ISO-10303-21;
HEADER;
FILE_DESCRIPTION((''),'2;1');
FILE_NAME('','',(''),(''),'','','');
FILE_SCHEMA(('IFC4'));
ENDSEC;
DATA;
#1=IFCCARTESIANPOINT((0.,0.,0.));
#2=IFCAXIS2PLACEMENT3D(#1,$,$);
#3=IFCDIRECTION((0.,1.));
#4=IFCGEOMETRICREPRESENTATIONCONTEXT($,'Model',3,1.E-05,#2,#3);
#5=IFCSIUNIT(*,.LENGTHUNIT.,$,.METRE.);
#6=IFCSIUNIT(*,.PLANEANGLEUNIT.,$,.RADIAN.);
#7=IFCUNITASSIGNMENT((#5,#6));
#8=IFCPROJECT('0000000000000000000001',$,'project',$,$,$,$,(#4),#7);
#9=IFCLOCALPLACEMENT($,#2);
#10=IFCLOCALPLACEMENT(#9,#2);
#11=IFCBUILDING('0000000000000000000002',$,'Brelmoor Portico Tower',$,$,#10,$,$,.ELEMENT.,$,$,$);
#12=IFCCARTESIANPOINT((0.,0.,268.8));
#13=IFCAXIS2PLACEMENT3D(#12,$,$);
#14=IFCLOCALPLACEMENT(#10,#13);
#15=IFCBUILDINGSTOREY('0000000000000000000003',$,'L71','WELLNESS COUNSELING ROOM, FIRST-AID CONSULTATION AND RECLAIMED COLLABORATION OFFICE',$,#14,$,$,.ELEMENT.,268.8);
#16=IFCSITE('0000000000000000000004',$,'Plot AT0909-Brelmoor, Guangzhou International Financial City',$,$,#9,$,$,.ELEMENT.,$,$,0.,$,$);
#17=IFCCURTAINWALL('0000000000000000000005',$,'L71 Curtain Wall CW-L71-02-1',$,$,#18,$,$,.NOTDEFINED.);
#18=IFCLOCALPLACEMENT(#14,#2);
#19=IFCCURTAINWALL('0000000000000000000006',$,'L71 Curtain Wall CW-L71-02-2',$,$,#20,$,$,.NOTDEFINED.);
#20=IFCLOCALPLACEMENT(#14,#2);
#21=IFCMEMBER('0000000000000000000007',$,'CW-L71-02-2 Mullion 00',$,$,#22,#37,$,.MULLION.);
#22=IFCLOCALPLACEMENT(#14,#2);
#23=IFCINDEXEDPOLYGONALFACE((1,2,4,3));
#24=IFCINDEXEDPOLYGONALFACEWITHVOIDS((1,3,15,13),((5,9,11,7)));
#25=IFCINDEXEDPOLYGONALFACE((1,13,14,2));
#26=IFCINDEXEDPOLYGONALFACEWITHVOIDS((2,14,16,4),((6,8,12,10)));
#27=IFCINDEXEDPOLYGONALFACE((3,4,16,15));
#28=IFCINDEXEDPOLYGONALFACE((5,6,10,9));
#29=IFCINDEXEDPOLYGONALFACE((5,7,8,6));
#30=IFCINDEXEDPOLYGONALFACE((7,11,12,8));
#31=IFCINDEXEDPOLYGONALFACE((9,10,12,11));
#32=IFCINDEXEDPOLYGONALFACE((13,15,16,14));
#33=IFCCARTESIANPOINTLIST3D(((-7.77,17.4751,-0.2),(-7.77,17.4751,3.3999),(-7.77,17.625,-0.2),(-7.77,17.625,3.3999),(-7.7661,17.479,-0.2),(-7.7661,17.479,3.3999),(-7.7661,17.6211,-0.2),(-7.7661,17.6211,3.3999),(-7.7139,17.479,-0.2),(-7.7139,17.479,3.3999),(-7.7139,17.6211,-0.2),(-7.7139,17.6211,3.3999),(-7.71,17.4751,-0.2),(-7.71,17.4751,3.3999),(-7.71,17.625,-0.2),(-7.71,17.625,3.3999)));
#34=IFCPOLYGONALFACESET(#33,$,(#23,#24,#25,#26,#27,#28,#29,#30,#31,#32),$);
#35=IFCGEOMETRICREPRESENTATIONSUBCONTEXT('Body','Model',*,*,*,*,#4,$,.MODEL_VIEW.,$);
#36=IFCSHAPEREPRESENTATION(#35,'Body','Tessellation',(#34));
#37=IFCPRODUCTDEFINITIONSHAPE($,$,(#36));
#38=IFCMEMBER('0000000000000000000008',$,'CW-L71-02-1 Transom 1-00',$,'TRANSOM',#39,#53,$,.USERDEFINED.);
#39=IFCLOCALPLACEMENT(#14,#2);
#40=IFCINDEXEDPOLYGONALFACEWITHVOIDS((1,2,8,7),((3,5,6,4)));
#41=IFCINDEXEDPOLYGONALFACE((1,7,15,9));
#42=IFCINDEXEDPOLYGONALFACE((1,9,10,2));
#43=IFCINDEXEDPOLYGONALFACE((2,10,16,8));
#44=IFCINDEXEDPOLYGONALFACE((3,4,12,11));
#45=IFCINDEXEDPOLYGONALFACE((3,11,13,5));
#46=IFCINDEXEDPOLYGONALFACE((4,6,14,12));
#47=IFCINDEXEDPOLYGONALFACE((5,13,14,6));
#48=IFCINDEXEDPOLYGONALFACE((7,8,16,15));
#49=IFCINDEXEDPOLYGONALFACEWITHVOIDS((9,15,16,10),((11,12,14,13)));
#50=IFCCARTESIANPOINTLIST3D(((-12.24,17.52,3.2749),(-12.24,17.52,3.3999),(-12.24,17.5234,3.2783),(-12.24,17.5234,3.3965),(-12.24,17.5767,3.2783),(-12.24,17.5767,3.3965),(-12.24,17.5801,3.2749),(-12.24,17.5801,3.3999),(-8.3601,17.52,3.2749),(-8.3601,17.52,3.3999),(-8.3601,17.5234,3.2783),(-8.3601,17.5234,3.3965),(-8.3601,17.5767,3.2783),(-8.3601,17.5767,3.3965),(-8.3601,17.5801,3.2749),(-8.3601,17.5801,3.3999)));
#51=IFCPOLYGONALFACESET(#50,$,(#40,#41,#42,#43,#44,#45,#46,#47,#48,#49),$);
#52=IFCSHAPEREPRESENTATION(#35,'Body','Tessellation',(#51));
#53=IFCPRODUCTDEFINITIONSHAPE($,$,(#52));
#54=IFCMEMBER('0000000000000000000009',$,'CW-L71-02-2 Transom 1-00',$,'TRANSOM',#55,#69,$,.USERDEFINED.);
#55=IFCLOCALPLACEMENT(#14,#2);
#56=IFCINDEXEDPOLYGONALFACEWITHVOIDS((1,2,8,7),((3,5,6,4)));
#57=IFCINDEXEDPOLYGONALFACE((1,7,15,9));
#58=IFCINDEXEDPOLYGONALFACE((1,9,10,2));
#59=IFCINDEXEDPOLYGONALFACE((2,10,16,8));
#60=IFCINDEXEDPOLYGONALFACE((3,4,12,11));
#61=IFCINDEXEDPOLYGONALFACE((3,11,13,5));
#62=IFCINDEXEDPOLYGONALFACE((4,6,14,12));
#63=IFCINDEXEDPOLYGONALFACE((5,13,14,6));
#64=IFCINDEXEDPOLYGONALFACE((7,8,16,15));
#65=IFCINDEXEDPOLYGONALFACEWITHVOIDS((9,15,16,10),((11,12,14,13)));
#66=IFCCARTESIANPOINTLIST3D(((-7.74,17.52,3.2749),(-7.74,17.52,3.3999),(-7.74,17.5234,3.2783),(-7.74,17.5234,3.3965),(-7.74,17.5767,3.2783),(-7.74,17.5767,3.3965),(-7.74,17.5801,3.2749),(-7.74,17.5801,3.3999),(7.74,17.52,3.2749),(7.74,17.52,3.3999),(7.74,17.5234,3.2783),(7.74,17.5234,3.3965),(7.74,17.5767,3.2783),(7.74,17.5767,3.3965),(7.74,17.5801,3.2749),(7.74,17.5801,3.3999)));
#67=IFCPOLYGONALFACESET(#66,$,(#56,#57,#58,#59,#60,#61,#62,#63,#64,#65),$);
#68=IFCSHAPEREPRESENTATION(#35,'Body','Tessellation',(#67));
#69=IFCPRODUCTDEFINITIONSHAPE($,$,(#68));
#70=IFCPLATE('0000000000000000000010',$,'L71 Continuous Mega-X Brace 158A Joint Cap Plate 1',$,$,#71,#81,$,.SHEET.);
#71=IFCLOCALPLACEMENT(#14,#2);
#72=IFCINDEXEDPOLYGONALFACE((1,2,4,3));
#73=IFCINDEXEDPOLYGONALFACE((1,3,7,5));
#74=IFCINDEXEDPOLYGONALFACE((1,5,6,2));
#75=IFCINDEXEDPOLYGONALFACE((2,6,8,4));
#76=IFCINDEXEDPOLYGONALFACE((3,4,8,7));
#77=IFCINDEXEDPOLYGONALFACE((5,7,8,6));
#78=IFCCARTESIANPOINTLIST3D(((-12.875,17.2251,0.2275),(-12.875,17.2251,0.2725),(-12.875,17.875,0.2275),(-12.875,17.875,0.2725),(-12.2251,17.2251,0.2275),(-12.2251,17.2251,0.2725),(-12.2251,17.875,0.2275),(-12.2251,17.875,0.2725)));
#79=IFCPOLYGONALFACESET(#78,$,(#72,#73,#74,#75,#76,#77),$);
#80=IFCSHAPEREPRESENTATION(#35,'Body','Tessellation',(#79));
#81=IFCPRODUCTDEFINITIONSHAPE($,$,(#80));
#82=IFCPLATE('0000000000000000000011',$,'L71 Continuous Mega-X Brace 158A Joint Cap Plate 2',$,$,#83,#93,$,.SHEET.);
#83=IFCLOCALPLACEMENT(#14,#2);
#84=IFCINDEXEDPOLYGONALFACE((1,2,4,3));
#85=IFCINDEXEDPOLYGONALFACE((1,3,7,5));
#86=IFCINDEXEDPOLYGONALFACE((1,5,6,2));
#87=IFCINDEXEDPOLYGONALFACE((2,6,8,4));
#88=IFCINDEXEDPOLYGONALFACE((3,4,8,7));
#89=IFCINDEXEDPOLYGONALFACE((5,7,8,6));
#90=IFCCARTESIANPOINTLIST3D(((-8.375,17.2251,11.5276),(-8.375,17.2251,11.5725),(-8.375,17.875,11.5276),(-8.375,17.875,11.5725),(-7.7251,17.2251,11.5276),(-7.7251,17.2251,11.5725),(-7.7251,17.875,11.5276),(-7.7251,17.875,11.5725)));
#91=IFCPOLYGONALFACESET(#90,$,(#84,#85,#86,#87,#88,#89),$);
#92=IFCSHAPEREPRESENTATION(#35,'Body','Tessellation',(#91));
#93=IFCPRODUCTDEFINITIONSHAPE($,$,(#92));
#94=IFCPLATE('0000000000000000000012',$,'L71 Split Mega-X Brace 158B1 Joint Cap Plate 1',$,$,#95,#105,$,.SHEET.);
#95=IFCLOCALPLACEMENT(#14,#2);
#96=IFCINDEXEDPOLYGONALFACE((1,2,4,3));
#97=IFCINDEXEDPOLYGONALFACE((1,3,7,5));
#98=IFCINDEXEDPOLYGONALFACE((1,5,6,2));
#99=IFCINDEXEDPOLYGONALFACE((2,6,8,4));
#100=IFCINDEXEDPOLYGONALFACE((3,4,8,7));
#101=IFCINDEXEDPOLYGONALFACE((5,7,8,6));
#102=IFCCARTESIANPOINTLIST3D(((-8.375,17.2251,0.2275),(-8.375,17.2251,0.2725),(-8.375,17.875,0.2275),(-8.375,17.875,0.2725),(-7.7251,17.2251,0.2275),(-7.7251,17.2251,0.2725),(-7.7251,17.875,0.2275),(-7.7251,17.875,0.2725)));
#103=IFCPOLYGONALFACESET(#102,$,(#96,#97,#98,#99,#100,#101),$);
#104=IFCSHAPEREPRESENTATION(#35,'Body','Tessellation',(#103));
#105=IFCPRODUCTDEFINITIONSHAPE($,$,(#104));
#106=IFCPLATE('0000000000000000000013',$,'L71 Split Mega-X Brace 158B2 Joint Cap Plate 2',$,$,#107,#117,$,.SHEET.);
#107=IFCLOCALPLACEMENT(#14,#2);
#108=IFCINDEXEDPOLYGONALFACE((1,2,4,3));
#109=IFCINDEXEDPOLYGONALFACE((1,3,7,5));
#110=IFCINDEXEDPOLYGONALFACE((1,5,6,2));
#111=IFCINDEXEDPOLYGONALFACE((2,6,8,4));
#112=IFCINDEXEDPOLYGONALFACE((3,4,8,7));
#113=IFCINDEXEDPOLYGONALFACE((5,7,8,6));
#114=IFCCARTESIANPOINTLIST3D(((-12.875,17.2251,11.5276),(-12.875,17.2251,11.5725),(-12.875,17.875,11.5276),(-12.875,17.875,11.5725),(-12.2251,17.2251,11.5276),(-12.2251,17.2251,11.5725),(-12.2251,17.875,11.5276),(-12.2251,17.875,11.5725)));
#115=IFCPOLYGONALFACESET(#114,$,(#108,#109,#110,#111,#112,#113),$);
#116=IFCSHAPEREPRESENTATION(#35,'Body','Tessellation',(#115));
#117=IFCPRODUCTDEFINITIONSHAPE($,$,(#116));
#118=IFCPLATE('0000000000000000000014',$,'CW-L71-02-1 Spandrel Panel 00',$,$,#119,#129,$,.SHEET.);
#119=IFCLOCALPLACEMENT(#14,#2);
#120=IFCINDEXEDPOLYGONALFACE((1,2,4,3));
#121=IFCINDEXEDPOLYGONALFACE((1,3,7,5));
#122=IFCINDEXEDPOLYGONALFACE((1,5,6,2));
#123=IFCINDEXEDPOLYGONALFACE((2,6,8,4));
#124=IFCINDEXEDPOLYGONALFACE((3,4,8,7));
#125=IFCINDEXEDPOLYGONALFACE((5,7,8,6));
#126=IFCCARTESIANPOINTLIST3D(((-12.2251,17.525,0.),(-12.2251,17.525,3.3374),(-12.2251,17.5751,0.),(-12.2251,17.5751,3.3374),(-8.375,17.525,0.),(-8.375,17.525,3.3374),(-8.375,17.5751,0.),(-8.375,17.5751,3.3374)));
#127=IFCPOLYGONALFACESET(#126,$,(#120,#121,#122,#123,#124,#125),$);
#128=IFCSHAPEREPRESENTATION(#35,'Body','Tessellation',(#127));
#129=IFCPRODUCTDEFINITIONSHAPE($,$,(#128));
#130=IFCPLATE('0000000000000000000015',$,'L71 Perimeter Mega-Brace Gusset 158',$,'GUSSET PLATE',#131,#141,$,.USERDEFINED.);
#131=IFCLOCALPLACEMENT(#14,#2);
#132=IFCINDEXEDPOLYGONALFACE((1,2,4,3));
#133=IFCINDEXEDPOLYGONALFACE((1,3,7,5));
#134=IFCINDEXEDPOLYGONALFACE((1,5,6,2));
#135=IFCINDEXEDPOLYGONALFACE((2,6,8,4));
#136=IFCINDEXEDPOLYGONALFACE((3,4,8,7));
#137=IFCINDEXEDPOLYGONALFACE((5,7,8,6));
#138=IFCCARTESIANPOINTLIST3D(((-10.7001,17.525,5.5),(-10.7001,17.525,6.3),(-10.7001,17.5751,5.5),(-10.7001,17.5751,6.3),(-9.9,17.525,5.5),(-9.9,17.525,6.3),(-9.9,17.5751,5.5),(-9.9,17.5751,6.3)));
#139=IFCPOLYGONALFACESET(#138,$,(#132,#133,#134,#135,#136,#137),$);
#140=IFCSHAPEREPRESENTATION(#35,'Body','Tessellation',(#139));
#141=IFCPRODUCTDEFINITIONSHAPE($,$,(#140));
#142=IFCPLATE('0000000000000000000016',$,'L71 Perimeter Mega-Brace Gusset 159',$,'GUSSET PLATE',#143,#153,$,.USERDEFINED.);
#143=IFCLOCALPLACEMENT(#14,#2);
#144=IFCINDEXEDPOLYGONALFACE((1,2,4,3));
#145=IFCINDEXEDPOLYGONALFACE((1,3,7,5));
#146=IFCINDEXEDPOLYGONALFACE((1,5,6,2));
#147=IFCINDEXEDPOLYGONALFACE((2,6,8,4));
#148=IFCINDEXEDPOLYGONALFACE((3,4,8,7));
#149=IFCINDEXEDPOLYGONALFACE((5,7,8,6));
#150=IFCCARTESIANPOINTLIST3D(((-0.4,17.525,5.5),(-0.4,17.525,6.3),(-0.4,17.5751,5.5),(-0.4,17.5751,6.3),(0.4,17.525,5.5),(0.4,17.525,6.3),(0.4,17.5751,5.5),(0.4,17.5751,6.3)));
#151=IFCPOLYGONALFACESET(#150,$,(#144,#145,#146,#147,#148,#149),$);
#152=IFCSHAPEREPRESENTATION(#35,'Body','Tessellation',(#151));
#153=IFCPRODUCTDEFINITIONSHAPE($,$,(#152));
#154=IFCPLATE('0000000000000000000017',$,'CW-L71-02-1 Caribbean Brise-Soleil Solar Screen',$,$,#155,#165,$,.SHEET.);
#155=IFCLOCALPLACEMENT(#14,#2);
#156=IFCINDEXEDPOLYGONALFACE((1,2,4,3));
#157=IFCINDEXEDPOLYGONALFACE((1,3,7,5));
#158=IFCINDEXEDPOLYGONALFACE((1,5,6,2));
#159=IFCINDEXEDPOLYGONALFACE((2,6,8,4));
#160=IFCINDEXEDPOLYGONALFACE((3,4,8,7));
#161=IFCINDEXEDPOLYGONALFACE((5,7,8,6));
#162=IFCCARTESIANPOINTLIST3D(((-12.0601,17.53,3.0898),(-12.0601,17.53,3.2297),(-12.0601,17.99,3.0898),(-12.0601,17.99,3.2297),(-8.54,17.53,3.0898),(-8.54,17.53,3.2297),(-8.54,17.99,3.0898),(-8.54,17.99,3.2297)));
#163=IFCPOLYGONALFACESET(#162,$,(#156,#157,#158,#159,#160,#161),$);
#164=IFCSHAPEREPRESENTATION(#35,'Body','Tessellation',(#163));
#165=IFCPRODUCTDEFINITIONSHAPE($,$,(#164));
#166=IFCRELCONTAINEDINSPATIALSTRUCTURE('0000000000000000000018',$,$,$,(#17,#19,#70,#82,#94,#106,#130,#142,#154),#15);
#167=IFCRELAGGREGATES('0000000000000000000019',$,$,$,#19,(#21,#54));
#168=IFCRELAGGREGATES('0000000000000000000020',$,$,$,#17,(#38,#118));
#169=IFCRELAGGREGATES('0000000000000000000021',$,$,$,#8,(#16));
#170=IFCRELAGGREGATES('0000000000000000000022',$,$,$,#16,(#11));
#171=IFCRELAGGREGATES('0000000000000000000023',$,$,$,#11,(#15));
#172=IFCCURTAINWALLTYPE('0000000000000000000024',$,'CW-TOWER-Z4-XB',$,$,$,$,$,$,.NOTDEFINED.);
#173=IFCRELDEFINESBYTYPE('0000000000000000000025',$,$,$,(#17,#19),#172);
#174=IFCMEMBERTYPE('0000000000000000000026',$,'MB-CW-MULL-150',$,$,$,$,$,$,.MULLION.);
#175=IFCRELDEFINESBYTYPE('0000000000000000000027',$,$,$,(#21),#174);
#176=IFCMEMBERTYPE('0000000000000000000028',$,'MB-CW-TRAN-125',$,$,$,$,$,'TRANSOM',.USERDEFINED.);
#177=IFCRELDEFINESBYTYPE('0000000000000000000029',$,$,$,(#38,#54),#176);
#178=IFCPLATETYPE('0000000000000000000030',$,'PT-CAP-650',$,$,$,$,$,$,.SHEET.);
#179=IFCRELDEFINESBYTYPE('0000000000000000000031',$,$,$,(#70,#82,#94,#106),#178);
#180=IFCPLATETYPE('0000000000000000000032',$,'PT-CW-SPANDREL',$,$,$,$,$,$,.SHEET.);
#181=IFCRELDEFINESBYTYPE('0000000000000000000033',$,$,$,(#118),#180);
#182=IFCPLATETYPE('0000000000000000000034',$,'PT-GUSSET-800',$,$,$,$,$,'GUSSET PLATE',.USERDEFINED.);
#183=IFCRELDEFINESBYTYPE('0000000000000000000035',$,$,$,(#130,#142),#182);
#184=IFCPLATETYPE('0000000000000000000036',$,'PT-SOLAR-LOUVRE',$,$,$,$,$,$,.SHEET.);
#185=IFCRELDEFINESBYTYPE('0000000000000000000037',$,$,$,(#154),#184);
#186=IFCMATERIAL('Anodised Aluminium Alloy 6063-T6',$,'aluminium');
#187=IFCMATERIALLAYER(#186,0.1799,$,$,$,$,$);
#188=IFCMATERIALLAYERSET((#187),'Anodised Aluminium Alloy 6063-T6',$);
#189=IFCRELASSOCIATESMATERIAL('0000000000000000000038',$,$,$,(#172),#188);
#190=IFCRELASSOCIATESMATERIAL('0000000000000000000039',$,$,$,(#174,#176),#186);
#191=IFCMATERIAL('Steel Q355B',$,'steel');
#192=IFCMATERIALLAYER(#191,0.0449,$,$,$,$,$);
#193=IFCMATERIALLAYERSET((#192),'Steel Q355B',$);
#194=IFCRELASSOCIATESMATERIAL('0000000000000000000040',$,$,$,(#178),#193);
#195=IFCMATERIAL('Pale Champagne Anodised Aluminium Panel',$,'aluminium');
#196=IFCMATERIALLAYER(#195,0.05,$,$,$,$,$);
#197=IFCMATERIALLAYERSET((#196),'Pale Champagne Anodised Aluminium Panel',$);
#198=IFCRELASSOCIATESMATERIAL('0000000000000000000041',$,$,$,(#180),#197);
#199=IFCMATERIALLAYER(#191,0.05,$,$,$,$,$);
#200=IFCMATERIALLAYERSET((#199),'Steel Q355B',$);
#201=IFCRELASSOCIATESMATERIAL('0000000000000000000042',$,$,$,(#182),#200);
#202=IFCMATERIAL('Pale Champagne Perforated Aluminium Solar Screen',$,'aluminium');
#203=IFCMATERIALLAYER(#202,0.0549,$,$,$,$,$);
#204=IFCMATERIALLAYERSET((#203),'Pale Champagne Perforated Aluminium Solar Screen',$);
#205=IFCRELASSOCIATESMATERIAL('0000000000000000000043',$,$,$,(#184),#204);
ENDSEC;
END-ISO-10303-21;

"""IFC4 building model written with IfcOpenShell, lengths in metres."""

from ifc_helpers import new_model, si_unit, direction, frame, origin, origin_2d, place, context, subcontext, project, spatial, rectangle, hollow_rectangle, extrude, material, layer, layer_set, material_profile, profile_set, type_object, element, aggregate, save


model = new_model("IFC4")

# Units and contexts
model_context = context("Model", 3, precision=1e-05, world=origin(), true_north=direction((0.0, 1.0)))
body_context = subcontext(model_context, "Body", "Model", "MODEL_VIEW")
ifc_project = project(units=[si_unit("LENGTHUNIT", "METRE"), si_unit("PLANEANGLEUNIT", "RADIAN")], contexts=[model_context])

# Site, building, storey
site_placement = place(None, origin())
site = spatial("IfcSite", under=ifc_project, at=site_placement, Name="Plot AT0909-Brelmoor, Guangzhou International Financial City", CompositionType="ELEMENT", RefElevation=0.0)
building_placement = place(site_placement, origin())
building = spatial("IfcBuilding", under=site, at=building_placement, Name="Brelmoor Portico Tower", CompositionType="ELEMENT")
storey_placement = place(building_placement, frame((0.0, 0.0, 268.8)))
storey = spatial("IfcBuildingStorey", under=building, at=storey_placement, Name="L71", Description="WELLNESS COUNSELING ROOM, FIRST-AID CONSULTATION AND RECLAIMED COLLABORATION OFFICE", CompositionType="ELEMENT", Elevation=268.8)

# Shared definitions
ifc_material_1 = material(Name="Steel Q355B", Category="steel")

# Curtain wall
ifc_material_2 = material(Name="Anodised Aluminium Alloy 6063-T6", Category="aluminium")
ifc_layer_1 = layer(ifc_material_2, 0.1799)
ifc_layer_set_1 = layer_set([ifc_layer_1], Name="Anodised Aluminium Alloy 6063-T6")
curtain_wall_type = type_object("IfcCurtainWallType", Name="CW-TOWER-Z4-XB", PredefinedType="NOTDEFINED", material=ifc_layer_set_1)
curtain_wall_1_placement = place(storey_placement, origin())
curtain_wall_1 = element("IfcCurtainWall", 1, at=curtain_wall_1_placement, inside=storey, type_object=curtain_wall_type, Name="L71 Curtain Wall CW-L71-02-1", PredefinedType="NOTDEFINED")
ifc_material_profile_1 = material_profile(ifc_material_2, hollow_rectangle(XDim=0.0601, YDim=0.1499, WallThickness=0.0039, at=origin_2d()), Name="ALU MULLION 60x150")
ifc_profile_set_1 = profile_set([ifc_material_profile_1], Name="Anodised Aluminium Alloy 6063-T6")
member_type_1 = type_object("IfcMemberType", Name="MB-CW-MULL-150", PredefinedType="MULLION", material=ifc_profile_set_1)

# Curtain wall, member
curtain_wall_2_placement = place(storey_placement, origin())
curtain_wall_2 = element("IfcCurtainWall", 2, at=curtain_wall_2_placement, inside=storey, type_object=curtain_wall_type, Name="L71 Curtain Wall CW-L71-02-2", PredefinedType="NOTDEFINED")
member_1_placement = place(storey_placement, frame((-7.74, 17.55, -0.2), z_axis=(0.0, 0.0, 1.0), x_axis=(1.0, 0.0, 0.0)))
member_1 = element("IfcMember", 3, at=member_1_placement, type_object=member_type_1, Name="CW-L71-02-2 Mullion 00", PredefinedType="MULLION", context=body_context, shape_type="SweptSolid", body=[
    extrude(hollow_rectangle(XDim=0.0601, YDim=0.1499, WallThickness=0.0039, at=origin_2d()), origin(), (0.0, 0.0, 1.0), 3.5999),
])

# Members
ifc_material_profile_2 = material_profile(ifc_material_2, hollow_rectangle(XDim=0.0601, YDim=0.125, WallThickness=0.0034, at=origin_2d()), Name="ALU TRANSOM 60x125")
ifc_profile_set_2 = profile_set([ifc_material_profile_2], Name="Anodised Aluminium Alloy 6063-T6")
member_type_2 = type_object("IfcMemberType", Name="MB-CW-TRAN-125", ElementType="TRANSOM", PredefinedType="USERDEFINED", material=ifc_profile_set_2)
member_2_placement = place(storey_placement, frame((-12.24, 17.55, 3.3374), z_axis=(1.0, 0.0, 0.0), x_axis=(0.0, 1.0, 0.0)))
member_2 = element("IfcMember", 4, at=member_2_placement, type_object=member_type_2, Name="CW-L71-02-1 Transom 1-00", ObjectType="TRANSOM", PredefinedType="USERDEFINED", context=body_context, shape_type="SweptSolid", body=[
    extrude(hollow_rectangle(XDim=0.0601, YDim=0.125, WallThickness=0.0034, at=origin_2d()), origin(), (0.0, 0.0, 1.0), 3.8799),
])
member_3_placement = place(storey_placement, frame((-7.74, 17.55, 3.3374), z_axis=(1.0, 0.0, 0.0), x_axis=(0.0, 1.0, 0.0)))
member_3 = element("IfcMember", 5, at=member_3_placement, type_object=member_type_2, Name="CW-L71-02-2 Transom 1-00", ObjectType="TRANSOM", PredefinedType="USERDEFINED", context=body_context, shape_type="SweptSolid", body=[
    extrude(hollow_rectangle(XDim=0.0601, YDim=0.125, WallThickness=0.0034, at=origin_2d()), origin(), (0.0, 0.0, 1.0), 15.48),
])
aggregate(curtain_wall_2, [member_1, member_3])

# Plates
ifc_layer_2 = layer(ifc_material_1, 0.0449)
ifc_layer_set_2 = layer_set([ifc_layer_2], Name="Steel Q355B")
plate_type_1 = type_object("IfcPlateType", Name="PT-CAP-650", PredefinedType="SHEET", material=ifc_layer_set_2)
for number, where, z_axis, x_axis, name in (
    (6, (-12.55, 17.55, 0.2275), (0.0, 0.0, 1.0), (1.0, 0.0, 0.0), "L71 Continuous Mega-X Brace 158A Joint Cap Plate 1"),
    (7, (-8.05, 17.55, 11.5276), (0.0, 0.0, 1.0), (1.0, 0.0, 0.0), "L71 Continuous Mega-X Brace 158A Joint Cap Plate 2"),
    (8, (-8.05, 17.55, 0.2275), (0.0, 0.0, 1.0), (1.0, 0.0, 0.0), "L71 Split Mega-X Brace 158B1 Joint Cap Plate 1"),
    (9, (-12.55, 17.55, 11.5276), (0.0, 0.0, 1.0), (1.0, 0.0, 0.0), "L71 Split Mega-X Brace 158B2 Joint Cap Plate 2"),
):
    element("IfcPlate", number, at=place(storey_placement, frame(where, z_axis=z_axis, x_axis=x_axis)), inside=storey, type_object=plate_type_1, Name=name, PredefinedType="SHEET", context=body_context, shape_type="SweptSolid", body=[
        extrude(rectangle(XDim=0.6499, YDim=0.6499, at=origin_2d()), origin(), (0.0, 0.0, 1.0), 0.0449),
    ])

# Plate
ifc_material_3 = material(Name="Pale Champagne Anodised Aluminium Panel", Category="aluminium")
ifc_layer_3 = layer(ifc_material_3, 0.05)
ifc_layer_set_3 = layer_set([ifc_layer_3], Name="Pale Champagne Anodised Aluminium Panel")
plate_type_2 = type_object("IfcPlateType", Name="PT-CW-SPANDREL", PredefinedType="SHEET", material=ifc_layer_set_3)
plate_1_placement = place(storey_placement, frame((-10.3, 17.55, 0.0), z_axis=(0.0, 0.0, 1.0), x_axis=(1.0, 0.0, 0.0)))
plate_1 = element("IfcPlate", 10, at=plate_1_placement, type_object=plate_type_2, Name="CW-L71-02-1 Spandrel Panel 00", PredefinedType="SHEET", context=body_context, shape_type="SweptSolid", body=[
    extrude(rectangle(XDim=3.8501, YDim=0.05, at=origin_2d()), origin(), (0.0, 0.0, 1.0), 3.3374),
])
aggregate(curtain_wall_1, [member_2, plate_1])

# Plates
ifc_layer_4 = layer(ifc_material_1, 0.05)
ifc_layer_set_4 = layer_set([ifc_layer_4], Name="Steel Q355B")
plate_type_3 = type_object("IfcPlateType", Name="PT-GUSSET-800", ElementType="GUSSET PLATE", PredefinedType="USERDEFINED", material=ifc_layer_set_4)
for number, where, z_axis, x_axis, name in (
    (11, (-10.3, 17.55, 5.5), (0.0, 0.0, 1.0), (1.0, 0.0, 0.0), "L71 Perimeter Mega-Brace Gusset 158"),
    (12, (0.0, 17.55, 5.5), (0.0, 0.0, 1.0), (1.0, 0.0, 0.0), "L71 Perimeter Mega-Brace Gusset 159"),
):
    element("IfcPlate", number, at=place(storey_placement, frame(where, z_axis=z_axis, x_axis=x_axis)), inside=storey, type_object=plate_type_3, Name=name, ObjectType="GUSSET PLATE", PredefinedType="USERDEFINED", context=body_context, shape_type="SweptSolid", body=[
        extrude(rectangle(XDim=0.8, YDim=0.05, at=origin_2d()), origin(), (0.0, 0.0, 1.0), 0.8),
    ])
ifc_material_4 = material(Name="Pale Champagne Perforated Aluminium Solar Screen", Category="aluminium")
ifc_layer_5 = layer(ifc_material_4, 0.0549)
ifc_layer_set_5 = layer_set([ifc_layer_5], Name="Pale Champagne Perforated Aluminium Solar Screen")
plate_type_4 = type_object("IfcPlateType", Name="PT-SOLAR-LOUVRE", PredefinedType="SHEET", material=ifc_layer_set_5)
plate_2_placement = place(storey_placement, frame((-10.3, 17.76, 3.0898), z_axis=(0.0, 0.0, 1.0), x_axis=(1.0, 0.0, 0.0)))
element("IfcPlate", 13, at=plate_2_placement, inside=storey, type_object=plate_type_4, Name="CW-L71-02-1 Caribbean Brise-Soleil Solar Screen", PredefinedType="SHEET", context=body_context, shape_type="SweptSolid", body=[
    extrude(rectangle(XDim=3.52, YDim=0.46, at=origin_2d()), origin(), (0.0, 0.0, 1.0), 0.1399),
])

save(model, "model.ifc")
